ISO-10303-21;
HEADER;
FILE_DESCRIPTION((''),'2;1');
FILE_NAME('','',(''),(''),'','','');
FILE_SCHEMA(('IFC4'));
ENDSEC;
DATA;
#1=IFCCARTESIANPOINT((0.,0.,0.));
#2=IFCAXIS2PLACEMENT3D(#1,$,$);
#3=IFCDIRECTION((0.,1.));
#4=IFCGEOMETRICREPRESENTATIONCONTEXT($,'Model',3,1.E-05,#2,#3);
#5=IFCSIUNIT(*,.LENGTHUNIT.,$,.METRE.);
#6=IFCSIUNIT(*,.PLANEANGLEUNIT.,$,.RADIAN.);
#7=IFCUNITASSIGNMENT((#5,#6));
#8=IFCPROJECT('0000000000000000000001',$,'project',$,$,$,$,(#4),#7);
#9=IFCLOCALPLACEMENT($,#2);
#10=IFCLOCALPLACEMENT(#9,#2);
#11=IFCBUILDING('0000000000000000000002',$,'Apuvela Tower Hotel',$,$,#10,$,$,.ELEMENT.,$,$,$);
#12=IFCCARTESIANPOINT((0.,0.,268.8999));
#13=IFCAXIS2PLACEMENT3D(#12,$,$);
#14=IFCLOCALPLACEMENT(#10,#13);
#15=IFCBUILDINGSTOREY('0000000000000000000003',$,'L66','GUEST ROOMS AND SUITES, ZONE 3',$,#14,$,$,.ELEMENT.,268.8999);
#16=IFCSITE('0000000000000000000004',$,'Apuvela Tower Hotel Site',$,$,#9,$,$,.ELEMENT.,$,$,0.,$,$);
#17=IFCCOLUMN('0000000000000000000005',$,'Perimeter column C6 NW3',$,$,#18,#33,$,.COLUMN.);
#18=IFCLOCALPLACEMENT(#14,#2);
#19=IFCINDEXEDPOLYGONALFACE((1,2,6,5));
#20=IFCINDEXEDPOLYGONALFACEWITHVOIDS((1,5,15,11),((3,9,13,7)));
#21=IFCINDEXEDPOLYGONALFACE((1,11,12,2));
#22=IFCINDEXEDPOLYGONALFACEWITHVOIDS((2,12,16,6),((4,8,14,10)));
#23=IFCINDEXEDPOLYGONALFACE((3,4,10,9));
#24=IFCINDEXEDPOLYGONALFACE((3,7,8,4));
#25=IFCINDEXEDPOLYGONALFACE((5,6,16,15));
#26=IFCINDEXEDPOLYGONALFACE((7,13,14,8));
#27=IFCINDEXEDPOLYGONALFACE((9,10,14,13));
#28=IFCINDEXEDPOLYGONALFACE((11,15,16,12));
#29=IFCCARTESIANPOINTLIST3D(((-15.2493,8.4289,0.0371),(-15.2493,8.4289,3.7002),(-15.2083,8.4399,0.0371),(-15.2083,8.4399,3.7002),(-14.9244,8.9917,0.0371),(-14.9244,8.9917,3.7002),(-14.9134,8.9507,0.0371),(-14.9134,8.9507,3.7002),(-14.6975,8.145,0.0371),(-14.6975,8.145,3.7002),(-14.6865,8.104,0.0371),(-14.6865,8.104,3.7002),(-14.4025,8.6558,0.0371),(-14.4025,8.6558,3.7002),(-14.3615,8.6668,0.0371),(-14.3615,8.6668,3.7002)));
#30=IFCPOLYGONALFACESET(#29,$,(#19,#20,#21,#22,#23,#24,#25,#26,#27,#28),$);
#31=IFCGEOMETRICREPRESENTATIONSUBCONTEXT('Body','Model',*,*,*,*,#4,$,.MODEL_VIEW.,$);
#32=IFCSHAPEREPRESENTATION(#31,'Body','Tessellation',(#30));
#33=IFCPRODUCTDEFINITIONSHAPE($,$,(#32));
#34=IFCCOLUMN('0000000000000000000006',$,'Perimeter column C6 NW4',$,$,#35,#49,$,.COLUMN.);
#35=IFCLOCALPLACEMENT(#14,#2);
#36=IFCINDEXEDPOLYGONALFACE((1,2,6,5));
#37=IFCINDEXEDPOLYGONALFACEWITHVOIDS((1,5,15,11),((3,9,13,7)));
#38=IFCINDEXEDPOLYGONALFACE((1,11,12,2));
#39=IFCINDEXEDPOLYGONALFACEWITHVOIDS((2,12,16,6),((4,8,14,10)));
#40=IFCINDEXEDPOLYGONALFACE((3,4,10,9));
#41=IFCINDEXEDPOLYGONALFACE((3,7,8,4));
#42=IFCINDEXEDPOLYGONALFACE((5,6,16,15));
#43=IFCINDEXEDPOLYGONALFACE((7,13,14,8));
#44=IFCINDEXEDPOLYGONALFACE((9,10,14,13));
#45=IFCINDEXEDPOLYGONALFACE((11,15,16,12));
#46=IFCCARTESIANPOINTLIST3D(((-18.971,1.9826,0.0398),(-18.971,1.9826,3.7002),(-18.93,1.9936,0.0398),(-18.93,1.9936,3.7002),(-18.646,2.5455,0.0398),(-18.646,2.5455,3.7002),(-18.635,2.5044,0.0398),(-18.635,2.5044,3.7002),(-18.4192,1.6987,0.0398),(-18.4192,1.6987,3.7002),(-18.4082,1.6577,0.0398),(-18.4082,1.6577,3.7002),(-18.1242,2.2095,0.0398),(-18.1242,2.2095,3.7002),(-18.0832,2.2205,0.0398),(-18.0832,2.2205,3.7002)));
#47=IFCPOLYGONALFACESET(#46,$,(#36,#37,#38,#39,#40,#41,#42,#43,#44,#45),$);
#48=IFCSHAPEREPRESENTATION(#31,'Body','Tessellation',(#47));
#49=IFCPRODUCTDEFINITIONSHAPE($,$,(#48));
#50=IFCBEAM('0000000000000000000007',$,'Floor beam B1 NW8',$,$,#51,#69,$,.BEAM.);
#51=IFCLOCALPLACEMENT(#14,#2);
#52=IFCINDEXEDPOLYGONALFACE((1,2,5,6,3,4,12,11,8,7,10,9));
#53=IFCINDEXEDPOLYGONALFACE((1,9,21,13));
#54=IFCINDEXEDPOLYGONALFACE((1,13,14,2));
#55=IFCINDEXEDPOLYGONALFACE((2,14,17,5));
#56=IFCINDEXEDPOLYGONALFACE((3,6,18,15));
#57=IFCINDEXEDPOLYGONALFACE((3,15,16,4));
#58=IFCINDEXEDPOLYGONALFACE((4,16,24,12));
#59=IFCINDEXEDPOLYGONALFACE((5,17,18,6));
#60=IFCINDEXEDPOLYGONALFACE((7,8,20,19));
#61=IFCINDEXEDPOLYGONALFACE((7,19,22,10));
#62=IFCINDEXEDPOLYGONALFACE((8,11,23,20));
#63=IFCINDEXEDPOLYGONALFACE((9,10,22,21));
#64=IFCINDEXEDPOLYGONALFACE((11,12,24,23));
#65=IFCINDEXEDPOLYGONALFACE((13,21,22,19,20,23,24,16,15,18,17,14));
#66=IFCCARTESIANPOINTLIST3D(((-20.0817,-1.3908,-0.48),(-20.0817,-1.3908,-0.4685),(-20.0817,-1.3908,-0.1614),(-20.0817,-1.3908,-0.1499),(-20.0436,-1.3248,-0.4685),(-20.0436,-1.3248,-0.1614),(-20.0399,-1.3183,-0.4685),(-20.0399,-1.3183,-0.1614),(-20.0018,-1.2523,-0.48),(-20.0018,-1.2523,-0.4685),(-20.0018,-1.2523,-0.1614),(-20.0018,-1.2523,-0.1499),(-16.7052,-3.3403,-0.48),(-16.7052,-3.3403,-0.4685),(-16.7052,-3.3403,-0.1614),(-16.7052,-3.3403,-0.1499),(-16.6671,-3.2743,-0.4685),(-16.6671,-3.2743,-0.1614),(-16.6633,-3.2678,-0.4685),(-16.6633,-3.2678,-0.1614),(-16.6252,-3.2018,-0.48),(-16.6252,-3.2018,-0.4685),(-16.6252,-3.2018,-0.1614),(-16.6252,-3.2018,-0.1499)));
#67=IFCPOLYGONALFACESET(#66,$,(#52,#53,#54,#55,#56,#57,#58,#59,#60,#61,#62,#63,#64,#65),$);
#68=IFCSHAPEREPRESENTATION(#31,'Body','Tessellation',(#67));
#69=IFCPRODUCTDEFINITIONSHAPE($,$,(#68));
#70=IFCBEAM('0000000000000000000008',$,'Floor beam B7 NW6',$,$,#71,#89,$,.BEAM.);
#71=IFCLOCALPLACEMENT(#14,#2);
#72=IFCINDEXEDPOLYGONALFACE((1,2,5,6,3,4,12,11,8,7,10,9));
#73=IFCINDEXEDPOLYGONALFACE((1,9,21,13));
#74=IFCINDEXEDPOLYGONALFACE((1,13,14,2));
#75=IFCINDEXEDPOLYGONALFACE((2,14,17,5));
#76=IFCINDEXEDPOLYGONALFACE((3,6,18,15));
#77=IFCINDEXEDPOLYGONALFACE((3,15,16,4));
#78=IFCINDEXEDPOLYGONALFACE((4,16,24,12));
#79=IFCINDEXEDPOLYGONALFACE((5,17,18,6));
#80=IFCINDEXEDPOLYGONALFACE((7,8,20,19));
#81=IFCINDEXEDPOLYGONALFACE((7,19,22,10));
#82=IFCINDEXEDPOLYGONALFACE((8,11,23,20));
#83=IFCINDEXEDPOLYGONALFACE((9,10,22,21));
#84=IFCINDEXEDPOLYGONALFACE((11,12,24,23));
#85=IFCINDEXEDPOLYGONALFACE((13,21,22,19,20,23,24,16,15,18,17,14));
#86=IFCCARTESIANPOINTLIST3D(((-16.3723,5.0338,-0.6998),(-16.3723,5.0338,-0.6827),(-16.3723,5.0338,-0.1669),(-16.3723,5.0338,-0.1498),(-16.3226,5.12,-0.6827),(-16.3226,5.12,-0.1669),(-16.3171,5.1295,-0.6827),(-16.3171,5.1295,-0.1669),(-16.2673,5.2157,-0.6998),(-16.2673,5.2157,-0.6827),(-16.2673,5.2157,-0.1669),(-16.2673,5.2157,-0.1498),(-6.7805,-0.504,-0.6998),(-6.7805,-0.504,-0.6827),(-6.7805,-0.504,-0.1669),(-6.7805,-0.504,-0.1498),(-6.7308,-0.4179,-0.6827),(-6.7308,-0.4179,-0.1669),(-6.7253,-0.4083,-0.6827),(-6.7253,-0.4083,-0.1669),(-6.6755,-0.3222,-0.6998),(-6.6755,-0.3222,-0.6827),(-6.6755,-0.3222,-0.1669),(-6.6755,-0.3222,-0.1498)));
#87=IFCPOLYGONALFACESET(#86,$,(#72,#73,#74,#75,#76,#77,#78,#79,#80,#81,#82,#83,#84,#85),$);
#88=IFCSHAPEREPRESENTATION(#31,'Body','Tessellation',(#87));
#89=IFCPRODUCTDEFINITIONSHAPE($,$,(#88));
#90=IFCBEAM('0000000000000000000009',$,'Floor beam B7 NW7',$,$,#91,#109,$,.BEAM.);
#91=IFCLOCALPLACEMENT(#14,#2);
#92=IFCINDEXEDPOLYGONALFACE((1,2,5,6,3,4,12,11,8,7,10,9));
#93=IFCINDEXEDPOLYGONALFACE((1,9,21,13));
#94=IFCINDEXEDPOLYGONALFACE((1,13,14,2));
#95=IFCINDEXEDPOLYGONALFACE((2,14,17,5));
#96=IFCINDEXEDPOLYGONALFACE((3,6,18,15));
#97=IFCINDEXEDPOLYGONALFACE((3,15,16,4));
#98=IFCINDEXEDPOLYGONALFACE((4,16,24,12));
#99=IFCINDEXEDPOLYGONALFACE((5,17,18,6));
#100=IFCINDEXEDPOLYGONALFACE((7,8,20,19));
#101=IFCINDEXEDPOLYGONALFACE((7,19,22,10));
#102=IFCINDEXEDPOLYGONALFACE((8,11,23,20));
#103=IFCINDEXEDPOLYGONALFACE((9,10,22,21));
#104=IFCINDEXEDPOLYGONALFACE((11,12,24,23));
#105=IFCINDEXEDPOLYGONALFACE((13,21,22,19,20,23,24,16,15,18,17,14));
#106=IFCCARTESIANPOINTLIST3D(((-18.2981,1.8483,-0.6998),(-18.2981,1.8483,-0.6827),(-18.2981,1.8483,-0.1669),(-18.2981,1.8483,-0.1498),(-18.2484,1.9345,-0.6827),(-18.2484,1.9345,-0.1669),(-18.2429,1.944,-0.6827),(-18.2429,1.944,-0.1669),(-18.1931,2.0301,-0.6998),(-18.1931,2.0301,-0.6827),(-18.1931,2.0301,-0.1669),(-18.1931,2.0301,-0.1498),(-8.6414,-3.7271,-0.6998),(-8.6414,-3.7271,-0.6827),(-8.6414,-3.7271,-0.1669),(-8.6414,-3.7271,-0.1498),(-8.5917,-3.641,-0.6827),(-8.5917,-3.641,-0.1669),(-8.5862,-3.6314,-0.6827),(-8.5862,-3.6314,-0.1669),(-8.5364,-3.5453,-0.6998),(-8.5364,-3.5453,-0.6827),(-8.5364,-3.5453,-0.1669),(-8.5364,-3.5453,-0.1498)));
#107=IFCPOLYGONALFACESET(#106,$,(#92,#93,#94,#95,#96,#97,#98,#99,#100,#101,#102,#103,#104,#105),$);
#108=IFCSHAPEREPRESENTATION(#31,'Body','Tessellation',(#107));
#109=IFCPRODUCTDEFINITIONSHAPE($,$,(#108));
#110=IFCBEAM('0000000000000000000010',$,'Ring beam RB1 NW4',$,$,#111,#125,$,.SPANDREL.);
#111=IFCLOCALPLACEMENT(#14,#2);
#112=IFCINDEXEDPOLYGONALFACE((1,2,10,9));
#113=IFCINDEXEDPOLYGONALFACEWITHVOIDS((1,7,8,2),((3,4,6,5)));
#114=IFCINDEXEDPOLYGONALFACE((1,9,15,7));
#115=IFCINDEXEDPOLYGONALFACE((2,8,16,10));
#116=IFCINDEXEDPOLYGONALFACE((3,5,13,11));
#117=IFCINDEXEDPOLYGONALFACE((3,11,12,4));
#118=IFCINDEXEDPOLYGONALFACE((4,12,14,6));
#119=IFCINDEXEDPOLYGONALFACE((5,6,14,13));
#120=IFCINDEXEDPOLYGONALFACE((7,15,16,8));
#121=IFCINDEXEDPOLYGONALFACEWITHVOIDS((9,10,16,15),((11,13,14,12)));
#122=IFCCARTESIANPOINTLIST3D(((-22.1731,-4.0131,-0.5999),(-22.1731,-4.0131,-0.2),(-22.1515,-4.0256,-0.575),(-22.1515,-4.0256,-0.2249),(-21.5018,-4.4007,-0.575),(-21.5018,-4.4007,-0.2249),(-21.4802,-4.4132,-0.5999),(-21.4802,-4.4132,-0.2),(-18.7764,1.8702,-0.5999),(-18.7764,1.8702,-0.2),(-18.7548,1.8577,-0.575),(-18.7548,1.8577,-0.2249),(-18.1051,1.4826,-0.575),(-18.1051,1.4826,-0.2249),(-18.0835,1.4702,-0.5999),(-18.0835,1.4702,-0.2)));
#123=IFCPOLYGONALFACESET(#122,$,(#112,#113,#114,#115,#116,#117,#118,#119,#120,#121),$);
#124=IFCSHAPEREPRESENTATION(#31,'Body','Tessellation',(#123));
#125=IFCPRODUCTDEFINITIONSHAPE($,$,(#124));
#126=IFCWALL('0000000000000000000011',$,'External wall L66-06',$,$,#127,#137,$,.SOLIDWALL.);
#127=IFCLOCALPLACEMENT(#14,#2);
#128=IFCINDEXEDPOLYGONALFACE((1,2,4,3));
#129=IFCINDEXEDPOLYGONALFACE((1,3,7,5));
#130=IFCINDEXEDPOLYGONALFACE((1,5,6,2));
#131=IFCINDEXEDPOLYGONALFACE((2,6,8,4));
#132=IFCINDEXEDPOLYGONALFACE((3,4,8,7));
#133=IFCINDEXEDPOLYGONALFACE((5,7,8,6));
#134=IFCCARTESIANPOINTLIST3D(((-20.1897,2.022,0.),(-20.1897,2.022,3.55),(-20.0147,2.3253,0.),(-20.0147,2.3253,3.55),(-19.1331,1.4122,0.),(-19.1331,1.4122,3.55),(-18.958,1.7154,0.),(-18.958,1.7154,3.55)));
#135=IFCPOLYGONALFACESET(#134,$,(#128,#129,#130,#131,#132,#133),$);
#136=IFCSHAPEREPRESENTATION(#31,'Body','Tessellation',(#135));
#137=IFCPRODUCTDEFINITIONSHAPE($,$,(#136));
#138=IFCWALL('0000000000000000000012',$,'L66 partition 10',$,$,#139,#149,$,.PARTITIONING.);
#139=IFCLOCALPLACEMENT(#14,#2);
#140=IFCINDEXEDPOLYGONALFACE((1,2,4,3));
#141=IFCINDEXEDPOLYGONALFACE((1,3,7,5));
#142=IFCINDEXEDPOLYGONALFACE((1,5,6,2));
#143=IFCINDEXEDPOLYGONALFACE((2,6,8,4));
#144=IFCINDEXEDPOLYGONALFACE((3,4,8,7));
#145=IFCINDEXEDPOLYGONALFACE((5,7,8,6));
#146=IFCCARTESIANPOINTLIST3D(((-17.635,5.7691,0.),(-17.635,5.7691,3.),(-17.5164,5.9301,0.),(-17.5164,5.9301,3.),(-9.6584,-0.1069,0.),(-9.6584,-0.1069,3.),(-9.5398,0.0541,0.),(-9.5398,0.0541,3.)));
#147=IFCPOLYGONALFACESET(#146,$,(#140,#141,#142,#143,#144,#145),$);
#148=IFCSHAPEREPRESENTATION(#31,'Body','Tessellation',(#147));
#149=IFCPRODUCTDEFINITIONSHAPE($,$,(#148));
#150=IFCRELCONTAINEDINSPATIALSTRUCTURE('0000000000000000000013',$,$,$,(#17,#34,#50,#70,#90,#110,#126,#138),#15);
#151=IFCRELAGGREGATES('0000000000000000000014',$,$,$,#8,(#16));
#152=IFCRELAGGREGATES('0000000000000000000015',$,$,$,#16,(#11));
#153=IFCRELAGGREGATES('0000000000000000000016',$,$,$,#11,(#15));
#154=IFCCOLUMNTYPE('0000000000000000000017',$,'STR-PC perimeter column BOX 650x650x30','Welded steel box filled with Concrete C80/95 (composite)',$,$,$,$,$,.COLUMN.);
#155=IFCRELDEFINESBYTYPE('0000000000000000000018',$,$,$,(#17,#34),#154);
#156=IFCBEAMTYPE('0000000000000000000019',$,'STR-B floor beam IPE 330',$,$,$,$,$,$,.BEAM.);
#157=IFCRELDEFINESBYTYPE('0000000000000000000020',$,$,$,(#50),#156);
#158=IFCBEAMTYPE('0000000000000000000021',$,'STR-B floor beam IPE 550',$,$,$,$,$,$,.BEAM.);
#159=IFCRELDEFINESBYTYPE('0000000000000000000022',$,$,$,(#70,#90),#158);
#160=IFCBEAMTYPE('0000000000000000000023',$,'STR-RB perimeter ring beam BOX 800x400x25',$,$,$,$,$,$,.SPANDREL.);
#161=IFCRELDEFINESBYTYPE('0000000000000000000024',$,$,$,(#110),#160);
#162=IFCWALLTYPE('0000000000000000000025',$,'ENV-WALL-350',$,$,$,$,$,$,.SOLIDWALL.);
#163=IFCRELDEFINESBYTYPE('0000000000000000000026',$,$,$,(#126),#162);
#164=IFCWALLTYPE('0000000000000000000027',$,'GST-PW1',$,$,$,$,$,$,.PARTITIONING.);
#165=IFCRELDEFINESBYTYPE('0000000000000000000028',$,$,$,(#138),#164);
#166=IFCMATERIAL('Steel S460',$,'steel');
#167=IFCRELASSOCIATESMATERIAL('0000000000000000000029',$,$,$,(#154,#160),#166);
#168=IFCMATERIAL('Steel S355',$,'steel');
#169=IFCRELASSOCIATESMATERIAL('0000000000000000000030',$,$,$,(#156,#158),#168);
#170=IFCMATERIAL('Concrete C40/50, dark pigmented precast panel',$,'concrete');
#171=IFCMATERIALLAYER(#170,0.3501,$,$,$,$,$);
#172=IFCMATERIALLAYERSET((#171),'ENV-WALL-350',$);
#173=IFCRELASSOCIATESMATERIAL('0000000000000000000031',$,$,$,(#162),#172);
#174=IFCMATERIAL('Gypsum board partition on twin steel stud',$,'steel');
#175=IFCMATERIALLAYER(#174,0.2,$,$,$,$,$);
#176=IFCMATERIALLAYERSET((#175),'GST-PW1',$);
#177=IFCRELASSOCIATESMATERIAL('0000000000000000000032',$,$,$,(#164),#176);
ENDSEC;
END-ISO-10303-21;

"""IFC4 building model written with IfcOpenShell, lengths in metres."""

from ifc_helpers import new_model, si_unit, direction, frame, frame_2d, origin, origin_2d, place, context, subcontext, project, spatial, rectangle, hollow_rectangle, i_section, extrude, boolean, halfspace, material, layer, layer_set, material_profile, profile_set, type_object, element, save


model = new_model("IFC4")

# Units and contexts
model_context = context("Model", 3, precision=1e-05, world=origin(), true_north=direction((0.0, 1.0)))
body_context = subcontext(model_context, "Body", "Model", "MODEL_VIEW")
ifc_project = project(units=[si_unit("LENGTHUNIT", "METRE"), si_unit("PLANEANGLEUNIT", "RADIAN")], contexts=[model_context])

# Site, building, storey
site_placement = place(None, origin())
site = spatial("IfcSite", under=ifc_project, at=site_placement, Name="Apuvela Tower Hotel Site", CompositionType="ELEMENT", RefElevation=0.0)
building_placement = place(site_placement, origin())
building = spatial("IfcBuilding", under=site, at=building_placement, Name="Apuvela Tower Hotel", CompositionType="ELEMENT")
storey_placement = place(building_placement, frame((0.0, 0.0, 268.8999)))
storey = spatial("IfcBuildingStorey", under=building, at=storey_placement, Name="L66", Description="GUEST ROOMS AND SUITES, ZONE 3", CompositionType="ELEMENT", Elevation=268.8999)

# Columns
ifc_material_1 = material(Name="Steel S460", Category="steel")
ifc_material_profile_1 = material_profile(ifc_material_1, hollow_rectangle(XDim=0.6499, YDim=0.6499, WallThickness=0.03, at=origin_2d()), Name="BOX 650x650x30")
ifc_material_2 = material(Name="Concrete C80/95", Category="concrete")
ifc_material_profile_2 = material_profile(ifc_material_2, rectangle(XDim=0.5901, YDim=0.5901, at=origin_2d()), Name="Concrete C80/95 infill")
ifc_profile_set_1 = profile_set([ifc_material_profile_1, ifc_material_profile_2], Name="Steel S460")
column_type = type_object("IfcColumnType", Name="STR-PC perimeter column BOX 650x650x30", Description="Welded steel box filled with Concrete C80/95 (composite)", PredefinedType="COLUMN", material=ifc_profile_set_1)
column_1_placement = place(storey_placement, frame((-14.8054, 8.5479, 0.0), z_axis=(0.0, 0.0, 1.0), x_axis=(0.5, 0.866025, 0.0)))
element("IfcColumn", 1, at=column_1_placement, inside=storey, type_object=column_type, Name="Perimeter column C6 NW3", PredefinedType="COLUMN", context=body_context, shape_type="SweptSolid", body=[
    boolean("DIFFERENCE", extrude(hollow_rectangle(XDim=0.6499, YDim=0.6499, WallThickness=0.03, at=origin_2d()), origin(), (0.0, 0.0, 1.0), 3.7002), halfspace(frame((0.0, 0.0, 0.0371), z_axis=(0.0, 0.0, 1.0), x_axis=(1.0, 0.0, 0.0)), True)),
])
column_2_placement = place(storey_placement, frame((-18.5271, 2.1016, 0.0), z_axis=(0.0, 0.0, 1.0), x_axis=(0.5, 0.866025, 0.0)))
element("IfcColumn", 2, at=column_2_placement, inside=storey, type_object=column_type, Name="Perimeter column C6 NW4", PredefinedType="COLUMN", context=body_context, shape_type="SweptSolid", body=[
    boolean("DIFFERENCE", extrude(hollow_rectangle(XDim=0.6499, YDim=0.6499, WallThickness=0.03, at=origin_2d()), origin(), (0.0, 0.0, 1.0), 3.7002), halfspace(frame((0.0, 0.0, 0.0398), z_axis=(0.0, 0.0, 1.0), x_axis=(1.0, 0.0, 0.0)), True)),
])

# Beams
ifc_material_3 = material(Name="Steel S355", Category="steel")
ifc_material_profile_3 = material_profile(ifc_material_3, i_section(OverallWidth=0.1599, OverallDepth=0.3301, WebThickness=0.0076, FlangeThickness=0.0115, at=origin_2d()), Name="IPE 330")
ifc_profile_set_2 = profile_set([ifc_material_profile_3], Name="Steel S355")
beam_type_1 = type_object("IfcBeamType", Name="STR-B floor beam IPE 330", PredefinedType="BEAM", material=ifc_profile_set_2)
beam_1_placement = place(storey_placement, frame((-20.0417, -1.3215, -0.3149), z_axis=(0.866019, -0.500012, 0.0), x_axis=(0.500012, 0.866019, 0.0)))
element("IfcBeam", 3, at=beam_1_placement, inside=storey, type_object=beam_type_1, Name="Floor beam B1 NW8", PredefinedType="BEAM", context=body_context, shape_type="SweptSolid", body=[
    extrude(i_section(OverallWidth=0.1599, OverallDepth=0.3301, WebThickness=0.0076, FlangeThickness=0.0115, at=origin_2d()), origin(), (0.0, 0.0, 1.0), 3.8989),
])
ifc_material_profile_4 = material_profile(ifc_material_3, i_section(OverallWidth=0.21, OverallDepth=0.55, WebThickness=0.011, FlangeThickness=0.0171, at=origin_2d()), Name="IPE 550")
ifc_profile_set_3 = profile_set([ifc_material_profile_4], Name="Steel S355")
beam_type_2 = type_object("IfcBeamType", Name="STR-B floor beam IPE 550", PredefinedType="BEAM", material=ifc_profile_set_3)
beam_2_placement = place(storey_placement, frame((-16.3198, 5.1248, -0.4248), z_axis=(0.866025, -0.500001, 0.0), x_axis=(0.500001, 0.866025, 0.0)))
element("IfcBeam", 4, at=beam_2_placement, inside=storey, type_object=beam_type_2, Name="Floor beam B7 NW6", PredefinedType="BEAM", context=body_context, shape_type="SweptSolid", body=[
    extrude(i_section(OverallWidth=0.21, OverallDepth=0.55, WebThickness=0.011, FlangeThickness=0.0171, at=origin_2d()), origin(), (0.0, 0.0, 1.0), 11.0757),
])
beam_3_placement = place(storey_placement, frame((-18.2456, 1.9392, -0.4248), z_axis=(0.866021, -0.500008, 0.0), x_axis=(0.500008, 0.866021, 0.0)))
element("IfcBeam", 5, at=beam_3_placement, inside=storey, type_object=beam_type_2, Name="Floor beam B7 NW7", PredefinedType="BEAM", context=body_context, shape_type="SweptSolid", body=[
    extrude(i_section(OverallWidth=0.21, OverallDepth=0.55, WebThickness=0.011, FlangeThickness=0.0171, at=origin_2d()), origin(), (0.0, 0.0, 1.0), 11.1506),
])
ifc_material_profile_5 = material_profile(ifc_material_1, hollow_rectangle(XDim=0.8, YDim=0.3999, WallThickness=0.0249, at=origin_2d()), Name="BOX 800x400x25")
ifc_profile_set_4 = profile_set([ifc_material_profile_5], Name="Steel S460")
beam_type_3 = type_object("IfcBeamType", Name="STR-RB perimeter ring beam BOX 800x400x25", PredefinedType="SPANDREL", material=ifc_profile_set_4)
beam_4_placement = place(storey_placement, frame((-18.4299, 1.6702, -0.3999), z_axis=(-0.5, -0.866025, 0.0), x_axis=(0.866025, -0.5, 0.0)))
element("IfcBeam", 6, at=beam_4_placement, inside=storey, type_object=beam_type_3, Name="Ring beam RB1 NW4", PredefinedType="SPANDREL", context=body_context, shape_type="SweptSolid", body=[
    extrude(hollow_rectangle(XDim=0.8, YDim=0.3999, WallThickness=0.0249, at=origin_2d()), origin(), (0.0, 0.0, 1.0), 6.7935),
])

# Shared definitions
ifc_material_4 = material(Name="Concrete C40/50, dark pigmented precast panel", Category="concrete")
ifc_layer_1 = layer(ifc_material_4, 0.3501)
ifc_layer_set_1 = layer_set([ifc_layer_1], Name="ENV-WALL-350")
wall_type_1 = type_object("IfcWallType", Name="ENV-WALL-350", PredefinedType="SOLIDWALL", material=ifc_layer_set_1)

# Wall
wall_1_placement = place(storey_placement, frame((-20.1021, 2.1736, 0.0), z_axis=(0.0, 0.0, 1.0), x_axis=(0.866092, -0.499884, 0.0)))
element("IfcWall", 7, at=wall_1_placement, inside=storey, type_object=wall_type_1, Name="External wall L66-06", PredefinedType="SOLIDWALL", context=body_context, shape_type="SweptSolid", body=[
    extrude(rectangle(XDim=1.22, YDim=0.3501, at=frame_2d((0.6099, 0.0))), origin(), (0.0, 0.0, 1.0), 3.55),
])

# Wall
ifc_material_5 = material(Name="Gypsum board partition on twin steel stud", Category="steel")
ifc_layer_2 = layer(ifc_material_5, 0.2)
ifc_layer_set_2 = layer_set([ifc_layer_2], Name="GST-PW1")
wall_type_2 = type_object("IfcWallType", Name="GST-PW1", PredefinedType="PARTITIONING", material=ifc_layer_set_2)
wall_2_placement = place(storey_placement, frame((-17.5757, 5.8496, 0.0), z_axis=(0.0, 0.0, 1.0), x_axis=(0.805128, -0.593102, 0.0)))
element("IfcWall", 8, at=wall_2_placement, inside=storey, type_object=wall_type_2, Name="L66 partition 10", PredefinedType="PARTITIONING", context=body_context, shape_type="SweptSolid", body=[
    extrude(rectangle(XDim=9.9072, YDim=0.2, at=frame_2d((4.9536, 0.0))), origin(), (0.0, 0.0, 1.0), 3.0),
])

save(model, "model.ifc")
